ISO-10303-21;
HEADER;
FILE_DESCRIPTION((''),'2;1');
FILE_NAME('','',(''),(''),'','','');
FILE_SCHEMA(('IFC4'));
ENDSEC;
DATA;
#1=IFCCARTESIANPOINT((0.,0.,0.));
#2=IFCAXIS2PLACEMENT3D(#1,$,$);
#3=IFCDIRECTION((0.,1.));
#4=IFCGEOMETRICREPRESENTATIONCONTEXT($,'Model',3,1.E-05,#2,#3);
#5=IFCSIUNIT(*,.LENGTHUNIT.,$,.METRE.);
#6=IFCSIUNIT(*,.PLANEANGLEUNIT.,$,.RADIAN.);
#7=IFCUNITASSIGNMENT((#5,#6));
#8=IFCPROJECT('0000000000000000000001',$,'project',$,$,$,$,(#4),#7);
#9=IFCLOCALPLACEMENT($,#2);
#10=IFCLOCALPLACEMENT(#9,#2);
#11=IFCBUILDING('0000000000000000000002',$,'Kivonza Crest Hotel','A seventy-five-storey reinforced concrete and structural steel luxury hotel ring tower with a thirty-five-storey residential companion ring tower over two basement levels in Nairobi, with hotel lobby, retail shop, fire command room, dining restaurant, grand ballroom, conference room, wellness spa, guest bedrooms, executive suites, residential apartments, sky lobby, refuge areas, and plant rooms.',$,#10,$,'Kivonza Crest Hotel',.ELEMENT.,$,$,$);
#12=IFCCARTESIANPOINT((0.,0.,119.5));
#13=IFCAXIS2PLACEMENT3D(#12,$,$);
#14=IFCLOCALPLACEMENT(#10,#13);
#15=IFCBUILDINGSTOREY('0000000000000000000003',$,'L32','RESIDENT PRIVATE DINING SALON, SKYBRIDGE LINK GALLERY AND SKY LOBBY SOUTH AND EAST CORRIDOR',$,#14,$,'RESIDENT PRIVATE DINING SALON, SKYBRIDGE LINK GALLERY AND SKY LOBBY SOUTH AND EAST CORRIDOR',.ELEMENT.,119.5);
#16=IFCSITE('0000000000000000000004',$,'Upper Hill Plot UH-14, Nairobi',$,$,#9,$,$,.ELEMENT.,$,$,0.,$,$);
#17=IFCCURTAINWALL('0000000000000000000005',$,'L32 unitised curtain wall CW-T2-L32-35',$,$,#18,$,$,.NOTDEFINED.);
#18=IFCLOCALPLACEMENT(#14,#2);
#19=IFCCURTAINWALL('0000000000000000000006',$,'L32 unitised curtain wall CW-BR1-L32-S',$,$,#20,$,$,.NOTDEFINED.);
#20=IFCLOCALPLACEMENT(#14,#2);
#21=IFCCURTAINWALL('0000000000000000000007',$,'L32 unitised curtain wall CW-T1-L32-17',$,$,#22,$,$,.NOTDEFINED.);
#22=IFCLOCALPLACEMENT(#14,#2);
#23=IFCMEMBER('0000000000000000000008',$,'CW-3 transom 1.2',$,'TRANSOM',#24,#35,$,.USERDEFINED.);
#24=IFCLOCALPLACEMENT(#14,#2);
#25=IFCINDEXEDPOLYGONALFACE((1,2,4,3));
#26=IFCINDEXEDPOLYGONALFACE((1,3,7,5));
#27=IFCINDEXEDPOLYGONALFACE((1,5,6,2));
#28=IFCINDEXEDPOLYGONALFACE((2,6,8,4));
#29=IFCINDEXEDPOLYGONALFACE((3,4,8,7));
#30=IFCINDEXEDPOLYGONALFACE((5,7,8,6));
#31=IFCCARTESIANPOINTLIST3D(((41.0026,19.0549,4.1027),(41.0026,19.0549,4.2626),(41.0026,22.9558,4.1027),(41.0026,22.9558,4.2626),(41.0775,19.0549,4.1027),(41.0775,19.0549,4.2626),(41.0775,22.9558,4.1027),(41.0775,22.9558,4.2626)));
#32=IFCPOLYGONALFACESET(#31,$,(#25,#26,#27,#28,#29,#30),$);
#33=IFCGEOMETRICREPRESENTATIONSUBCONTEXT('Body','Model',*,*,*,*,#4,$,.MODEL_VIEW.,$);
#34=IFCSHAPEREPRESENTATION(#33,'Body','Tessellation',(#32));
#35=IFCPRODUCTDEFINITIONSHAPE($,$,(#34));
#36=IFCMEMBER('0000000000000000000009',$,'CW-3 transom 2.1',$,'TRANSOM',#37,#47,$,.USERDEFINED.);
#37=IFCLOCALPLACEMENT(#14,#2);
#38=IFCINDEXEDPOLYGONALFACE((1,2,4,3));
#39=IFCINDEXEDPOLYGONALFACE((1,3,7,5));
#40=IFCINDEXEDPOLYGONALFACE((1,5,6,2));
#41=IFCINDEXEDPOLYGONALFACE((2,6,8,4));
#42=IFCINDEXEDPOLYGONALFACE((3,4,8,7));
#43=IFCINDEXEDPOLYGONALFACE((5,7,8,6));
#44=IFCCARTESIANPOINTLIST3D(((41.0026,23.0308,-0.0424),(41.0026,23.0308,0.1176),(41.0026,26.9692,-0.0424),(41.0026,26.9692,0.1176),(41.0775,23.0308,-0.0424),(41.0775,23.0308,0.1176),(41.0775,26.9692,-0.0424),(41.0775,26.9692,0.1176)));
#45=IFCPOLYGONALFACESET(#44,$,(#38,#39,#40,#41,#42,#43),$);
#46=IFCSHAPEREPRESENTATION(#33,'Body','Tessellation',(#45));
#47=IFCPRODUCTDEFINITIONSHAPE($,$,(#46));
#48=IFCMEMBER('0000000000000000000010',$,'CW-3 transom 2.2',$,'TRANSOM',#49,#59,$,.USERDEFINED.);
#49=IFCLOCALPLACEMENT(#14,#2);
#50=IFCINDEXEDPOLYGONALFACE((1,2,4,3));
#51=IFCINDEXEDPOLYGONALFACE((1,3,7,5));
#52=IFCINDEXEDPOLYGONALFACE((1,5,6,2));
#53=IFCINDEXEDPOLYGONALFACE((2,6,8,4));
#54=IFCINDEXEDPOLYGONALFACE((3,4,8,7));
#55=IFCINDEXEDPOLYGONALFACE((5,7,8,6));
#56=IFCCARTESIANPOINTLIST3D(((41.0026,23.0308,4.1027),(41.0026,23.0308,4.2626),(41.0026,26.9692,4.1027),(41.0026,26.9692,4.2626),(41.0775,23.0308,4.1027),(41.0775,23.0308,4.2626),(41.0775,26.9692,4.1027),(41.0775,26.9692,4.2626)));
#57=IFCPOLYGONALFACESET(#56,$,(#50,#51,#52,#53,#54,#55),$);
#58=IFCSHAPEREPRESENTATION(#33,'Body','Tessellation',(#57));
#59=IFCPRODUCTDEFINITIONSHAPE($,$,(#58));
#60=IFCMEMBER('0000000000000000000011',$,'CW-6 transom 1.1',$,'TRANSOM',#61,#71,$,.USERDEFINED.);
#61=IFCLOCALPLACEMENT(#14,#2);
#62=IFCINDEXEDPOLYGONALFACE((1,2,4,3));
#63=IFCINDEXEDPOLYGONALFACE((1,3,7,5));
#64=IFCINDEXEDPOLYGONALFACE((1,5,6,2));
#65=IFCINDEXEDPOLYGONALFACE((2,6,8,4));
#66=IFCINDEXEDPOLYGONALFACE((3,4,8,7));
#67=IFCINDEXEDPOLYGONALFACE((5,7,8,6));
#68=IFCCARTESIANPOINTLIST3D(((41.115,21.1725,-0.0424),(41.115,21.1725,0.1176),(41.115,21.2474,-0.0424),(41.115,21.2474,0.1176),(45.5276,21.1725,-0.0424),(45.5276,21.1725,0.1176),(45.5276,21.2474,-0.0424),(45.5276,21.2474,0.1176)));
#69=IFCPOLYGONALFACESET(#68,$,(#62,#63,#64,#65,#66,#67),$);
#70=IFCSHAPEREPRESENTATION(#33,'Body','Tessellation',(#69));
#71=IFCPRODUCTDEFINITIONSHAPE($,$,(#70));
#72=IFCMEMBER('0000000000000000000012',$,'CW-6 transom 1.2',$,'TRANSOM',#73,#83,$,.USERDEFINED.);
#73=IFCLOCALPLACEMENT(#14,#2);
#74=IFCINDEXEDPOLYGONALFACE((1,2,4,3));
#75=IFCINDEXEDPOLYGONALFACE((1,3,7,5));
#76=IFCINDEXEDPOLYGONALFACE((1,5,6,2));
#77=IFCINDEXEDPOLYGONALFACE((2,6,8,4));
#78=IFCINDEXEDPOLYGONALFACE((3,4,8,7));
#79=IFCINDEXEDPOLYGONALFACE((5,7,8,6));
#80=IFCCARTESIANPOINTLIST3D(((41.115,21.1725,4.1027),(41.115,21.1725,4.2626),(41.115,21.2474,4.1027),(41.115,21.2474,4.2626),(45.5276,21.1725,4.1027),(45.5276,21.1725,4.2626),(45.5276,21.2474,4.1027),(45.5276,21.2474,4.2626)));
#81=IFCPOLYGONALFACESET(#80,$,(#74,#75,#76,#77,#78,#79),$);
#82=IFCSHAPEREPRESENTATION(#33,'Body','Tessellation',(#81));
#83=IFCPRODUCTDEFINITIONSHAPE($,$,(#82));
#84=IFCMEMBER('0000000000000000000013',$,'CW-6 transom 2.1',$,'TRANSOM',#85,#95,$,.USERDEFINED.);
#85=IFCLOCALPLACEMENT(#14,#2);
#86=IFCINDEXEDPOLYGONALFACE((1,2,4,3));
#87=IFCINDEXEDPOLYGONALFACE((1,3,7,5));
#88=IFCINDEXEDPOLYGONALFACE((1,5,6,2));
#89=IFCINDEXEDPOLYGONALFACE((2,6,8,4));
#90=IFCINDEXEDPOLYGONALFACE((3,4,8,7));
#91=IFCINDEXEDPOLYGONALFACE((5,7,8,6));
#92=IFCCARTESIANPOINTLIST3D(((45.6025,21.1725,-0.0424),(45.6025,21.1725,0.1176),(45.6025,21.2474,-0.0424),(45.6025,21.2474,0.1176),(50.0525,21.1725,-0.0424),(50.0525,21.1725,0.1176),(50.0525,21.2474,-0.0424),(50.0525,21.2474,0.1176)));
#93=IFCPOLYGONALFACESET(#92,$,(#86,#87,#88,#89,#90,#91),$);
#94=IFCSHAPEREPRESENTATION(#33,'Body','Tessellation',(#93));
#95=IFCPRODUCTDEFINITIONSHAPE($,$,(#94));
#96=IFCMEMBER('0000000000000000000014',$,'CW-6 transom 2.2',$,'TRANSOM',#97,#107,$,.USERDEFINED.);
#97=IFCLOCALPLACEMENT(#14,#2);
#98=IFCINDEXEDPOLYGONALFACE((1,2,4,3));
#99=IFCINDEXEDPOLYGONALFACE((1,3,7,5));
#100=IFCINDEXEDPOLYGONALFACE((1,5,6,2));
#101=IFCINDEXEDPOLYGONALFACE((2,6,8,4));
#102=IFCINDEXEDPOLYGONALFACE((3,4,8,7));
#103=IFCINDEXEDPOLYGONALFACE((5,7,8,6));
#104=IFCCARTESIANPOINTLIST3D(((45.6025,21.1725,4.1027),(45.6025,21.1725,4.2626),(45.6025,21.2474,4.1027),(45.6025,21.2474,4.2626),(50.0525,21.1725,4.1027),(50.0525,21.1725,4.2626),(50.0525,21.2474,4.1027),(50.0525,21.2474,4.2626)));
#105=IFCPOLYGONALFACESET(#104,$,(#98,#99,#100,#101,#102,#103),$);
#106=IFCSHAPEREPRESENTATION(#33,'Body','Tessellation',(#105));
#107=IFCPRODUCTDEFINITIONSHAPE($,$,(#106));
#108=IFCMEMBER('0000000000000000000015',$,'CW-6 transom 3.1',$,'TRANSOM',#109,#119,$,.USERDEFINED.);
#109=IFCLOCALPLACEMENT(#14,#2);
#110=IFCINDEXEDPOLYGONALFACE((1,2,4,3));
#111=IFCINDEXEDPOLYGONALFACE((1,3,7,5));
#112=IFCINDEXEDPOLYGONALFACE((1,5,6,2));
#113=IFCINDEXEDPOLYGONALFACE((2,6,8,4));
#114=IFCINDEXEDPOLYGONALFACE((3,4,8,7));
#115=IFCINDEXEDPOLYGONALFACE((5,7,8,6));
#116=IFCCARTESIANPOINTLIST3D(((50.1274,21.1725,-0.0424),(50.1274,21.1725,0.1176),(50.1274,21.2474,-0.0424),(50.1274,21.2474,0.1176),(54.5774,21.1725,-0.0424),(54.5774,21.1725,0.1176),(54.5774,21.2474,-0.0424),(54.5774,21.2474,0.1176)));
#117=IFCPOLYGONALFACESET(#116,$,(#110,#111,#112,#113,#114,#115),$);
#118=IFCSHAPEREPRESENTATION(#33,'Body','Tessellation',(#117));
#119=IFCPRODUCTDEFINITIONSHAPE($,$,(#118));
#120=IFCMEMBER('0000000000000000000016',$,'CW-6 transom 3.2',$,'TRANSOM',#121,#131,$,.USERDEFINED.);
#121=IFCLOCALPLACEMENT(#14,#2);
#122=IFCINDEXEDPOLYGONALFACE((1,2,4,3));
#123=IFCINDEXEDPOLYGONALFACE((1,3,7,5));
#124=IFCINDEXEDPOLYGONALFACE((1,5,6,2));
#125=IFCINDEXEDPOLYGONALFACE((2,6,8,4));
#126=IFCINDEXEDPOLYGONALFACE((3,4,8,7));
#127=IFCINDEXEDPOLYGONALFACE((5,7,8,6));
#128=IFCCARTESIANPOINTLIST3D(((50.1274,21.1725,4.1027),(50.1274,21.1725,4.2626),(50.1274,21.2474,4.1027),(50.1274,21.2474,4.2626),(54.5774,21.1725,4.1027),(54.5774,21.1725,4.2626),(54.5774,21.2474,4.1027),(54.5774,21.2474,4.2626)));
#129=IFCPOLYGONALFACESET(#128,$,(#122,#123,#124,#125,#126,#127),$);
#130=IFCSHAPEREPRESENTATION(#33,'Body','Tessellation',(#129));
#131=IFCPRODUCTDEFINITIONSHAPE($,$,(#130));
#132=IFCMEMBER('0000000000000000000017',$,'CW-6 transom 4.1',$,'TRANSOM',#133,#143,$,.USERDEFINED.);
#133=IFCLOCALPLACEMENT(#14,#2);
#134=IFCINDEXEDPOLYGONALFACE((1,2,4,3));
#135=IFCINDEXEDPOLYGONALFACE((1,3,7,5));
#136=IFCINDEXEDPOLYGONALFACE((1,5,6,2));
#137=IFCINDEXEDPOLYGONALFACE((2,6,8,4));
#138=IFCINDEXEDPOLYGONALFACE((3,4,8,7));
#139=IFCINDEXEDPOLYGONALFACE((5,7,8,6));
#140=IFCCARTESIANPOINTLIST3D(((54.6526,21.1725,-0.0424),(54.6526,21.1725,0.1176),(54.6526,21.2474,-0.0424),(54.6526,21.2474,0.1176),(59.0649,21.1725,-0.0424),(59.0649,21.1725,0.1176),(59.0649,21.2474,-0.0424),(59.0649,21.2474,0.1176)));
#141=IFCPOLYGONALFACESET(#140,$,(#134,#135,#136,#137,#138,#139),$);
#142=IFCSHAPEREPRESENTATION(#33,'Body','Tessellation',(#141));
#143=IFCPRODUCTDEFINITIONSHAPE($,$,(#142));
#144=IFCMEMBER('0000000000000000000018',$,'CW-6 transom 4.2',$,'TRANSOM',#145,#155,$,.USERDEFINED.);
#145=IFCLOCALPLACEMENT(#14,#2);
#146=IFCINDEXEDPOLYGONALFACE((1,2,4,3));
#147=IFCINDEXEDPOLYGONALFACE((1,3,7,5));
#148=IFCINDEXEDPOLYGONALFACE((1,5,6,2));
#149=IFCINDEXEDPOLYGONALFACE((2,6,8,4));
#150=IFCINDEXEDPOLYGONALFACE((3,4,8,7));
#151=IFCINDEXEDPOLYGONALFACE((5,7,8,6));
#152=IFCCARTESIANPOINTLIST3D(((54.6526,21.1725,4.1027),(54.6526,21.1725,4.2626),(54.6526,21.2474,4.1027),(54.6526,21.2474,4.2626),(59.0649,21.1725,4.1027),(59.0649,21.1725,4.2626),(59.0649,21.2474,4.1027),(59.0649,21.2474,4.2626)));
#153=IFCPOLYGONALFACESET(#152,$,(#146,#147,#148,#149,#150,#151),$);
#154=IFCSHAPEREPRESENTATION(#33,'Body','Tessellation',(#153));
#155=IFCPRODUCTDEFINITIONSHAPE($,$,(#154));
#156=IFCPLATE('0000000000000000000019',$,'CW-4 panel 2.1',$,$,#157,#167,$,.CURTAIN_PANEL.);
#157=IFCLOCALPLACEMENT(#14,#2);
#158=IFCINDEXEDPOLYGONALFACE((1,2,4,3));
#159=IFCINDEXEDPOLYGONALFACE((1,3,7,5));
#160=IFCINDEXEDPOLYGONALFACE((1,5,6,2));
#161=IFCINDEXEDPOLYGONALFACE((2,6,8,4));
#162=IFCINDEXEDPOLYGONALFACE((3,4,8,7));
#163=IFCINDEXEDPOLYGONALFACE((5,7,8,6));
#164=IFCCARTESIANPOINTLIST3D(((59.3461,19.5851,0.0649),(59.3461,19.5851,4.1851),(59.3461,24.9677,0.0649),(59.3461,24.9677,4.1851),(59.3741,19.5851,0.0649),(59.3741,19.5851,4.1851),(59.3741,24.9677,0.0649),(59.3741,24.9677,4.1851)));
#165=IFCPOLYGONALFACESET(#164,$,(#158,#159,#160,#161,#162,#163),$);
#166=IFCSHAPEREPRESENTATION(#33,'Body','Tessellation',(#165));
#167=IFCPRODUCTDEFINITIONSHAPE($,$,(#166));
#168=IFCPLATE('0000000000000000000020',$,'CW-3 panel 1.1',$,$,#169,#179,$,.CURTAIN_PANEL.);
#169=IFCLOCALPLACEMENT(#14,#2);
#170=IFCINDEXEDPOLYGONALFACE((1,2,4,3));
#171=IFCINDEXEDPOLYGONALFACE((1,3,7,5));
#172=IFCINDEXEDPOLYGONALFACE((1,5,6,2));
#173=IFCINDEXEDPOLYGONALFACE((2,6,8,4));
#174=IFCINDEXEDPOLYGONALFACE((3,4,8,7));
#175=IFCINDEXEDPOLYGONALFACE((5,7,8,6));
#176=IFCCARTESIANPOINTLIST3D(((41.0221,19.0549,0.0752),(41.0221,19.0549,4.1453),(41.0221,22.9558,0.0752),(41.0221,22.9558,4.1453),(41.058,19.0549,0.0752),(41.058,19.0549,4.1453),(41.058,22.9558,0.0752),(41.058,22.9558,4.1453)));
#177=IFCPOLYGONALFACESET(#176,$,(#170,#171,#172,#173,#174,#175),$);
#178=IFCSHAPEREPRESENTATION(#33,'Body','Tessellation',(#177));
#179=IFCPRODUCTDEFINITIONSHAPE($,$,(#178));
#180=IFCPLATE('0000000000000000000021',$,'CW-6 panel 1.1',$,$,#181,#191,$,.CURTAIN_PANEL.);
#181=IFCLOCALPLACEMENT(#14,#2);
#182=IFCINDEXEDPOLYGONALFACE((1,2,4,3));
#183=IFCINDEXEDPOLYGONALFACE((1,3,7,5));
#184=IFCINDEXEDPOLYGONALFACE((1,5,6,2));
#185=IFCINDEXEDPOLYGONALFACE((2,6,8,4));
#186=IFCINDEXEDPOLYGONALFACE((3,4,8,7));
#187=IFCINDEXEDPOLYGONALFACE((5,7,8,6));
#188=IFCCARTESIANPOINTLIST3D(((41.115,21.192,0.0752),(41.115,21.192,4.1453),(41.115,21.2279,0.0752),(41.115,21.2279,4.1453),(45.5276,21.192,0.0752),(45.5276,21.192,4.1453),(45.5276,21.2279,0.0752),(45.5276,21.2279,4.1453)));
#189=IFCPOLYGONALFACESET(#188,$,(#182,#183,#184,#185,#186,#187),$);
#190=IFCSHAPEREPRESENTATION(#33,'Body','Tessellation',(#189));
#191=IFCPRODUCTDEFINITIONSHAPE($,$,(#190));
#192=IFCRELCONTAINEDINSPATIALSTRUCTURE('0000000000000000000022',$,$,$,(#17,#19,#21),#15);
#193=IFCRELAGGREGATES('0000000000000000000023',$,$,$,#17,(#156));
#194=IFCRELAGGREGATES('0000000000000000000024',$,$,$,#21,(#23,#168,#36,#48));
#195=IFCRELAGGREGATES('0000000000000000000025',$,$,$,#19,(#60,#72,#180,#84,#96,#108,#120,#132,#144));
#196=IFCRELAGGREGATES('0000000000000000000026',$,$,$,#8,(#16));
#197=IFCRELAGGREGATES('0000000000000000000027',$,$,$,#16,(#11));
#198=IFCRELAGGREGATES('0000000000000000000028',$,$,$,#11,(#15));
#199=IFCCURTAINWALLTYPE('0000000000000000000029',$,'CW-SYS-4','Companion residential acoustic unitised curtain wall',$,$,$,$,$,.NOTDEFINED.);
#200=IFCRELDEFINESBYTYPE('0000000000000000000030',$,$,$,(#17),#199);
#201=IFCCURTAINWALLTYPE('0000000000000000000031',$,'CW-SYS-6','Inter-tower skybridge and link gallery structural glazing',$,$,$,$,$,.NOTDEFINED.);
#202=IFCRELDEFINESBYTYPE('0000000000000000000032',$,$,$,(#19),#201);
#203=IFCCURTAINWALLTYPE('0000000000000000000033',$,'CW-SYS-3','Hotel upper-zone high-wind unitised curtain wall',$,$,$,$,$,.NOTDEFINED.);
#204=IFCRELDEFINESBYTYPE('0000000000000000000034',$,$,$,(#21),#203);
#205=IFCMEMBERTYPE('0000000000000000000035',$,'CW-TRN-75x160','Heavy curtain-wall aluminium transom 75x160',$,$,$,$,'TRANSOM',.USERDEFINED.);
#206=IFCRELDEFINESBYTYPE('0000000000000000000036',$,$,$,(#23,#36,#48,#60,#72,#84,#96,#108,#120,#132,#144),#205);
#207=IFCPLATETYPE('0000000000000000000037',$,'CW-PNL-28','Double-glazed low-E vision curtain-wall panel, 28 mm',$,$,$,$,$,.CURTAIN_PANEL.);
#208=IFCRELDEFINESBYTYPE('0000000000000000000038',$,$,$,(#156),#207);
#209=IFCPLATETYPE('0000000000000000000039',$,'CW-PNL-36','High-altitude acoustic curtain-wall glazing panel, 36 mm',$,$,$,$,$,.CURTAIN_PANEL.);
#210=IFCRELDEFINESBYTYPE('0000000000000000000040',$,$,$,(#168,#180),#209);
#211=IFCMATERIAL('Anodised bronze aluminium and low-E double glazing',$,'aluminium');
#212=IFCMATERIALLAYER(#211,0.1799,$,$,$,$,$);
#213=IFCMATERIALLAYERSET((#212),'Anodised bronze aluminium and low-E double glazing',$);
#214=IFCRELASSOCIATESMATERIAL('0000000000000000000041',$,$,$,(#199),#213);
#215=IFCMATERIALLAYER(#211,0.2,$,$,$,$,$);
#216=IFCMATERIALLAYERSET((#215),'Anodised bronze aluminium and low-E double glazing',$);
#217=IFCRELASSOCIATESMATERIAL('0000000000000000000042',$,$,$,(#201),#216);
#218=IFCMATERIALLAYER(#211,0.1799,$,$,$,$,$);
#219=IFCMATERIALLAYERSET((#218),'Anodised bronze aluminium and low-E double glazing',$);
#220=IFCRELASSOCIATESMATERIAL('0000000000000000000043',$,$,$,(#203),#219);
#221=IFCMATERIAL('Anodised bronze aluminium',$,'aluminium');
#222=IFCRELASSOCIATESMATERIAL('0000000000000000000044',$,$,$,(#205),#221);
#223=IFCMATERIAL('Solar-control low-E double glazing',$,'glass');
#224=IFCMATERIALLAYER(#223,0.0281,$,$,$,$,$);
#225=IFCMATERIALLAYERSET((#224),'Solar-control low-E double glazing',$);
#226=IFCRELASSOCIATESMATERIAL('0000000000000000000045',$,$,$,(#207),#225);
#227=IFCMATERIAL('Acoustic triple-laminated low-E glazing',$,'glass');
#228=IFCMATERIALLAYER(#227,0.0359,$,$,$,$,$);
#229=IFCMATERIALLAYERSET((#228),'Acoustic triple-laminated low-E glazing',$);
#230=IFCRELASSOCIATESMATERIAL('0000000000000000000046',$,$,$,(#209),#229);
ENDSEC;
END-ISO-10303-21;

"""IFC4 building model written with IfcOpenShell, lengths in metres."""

from ifc_helpers import new_model, si_unit, direction, frame, origin, origin_2d, place, context, subcontext, project, spatial, rectangle, extrude, material, layer, layer_set, material_profile, profile_set, type_object, element, aggregate, save


model = new_model("IFC4")

# Units and contexts
model_context = context("Model", 3, precision=1e-05, world=origin(), true_north=direction((0.0, 1.0)))
body_context = subcontext(model_context, "Body", "Model", "MODEL_VIEW")
ifc_project = project(units=[si_unit("LENGTHUNIT", "METRE"), si_unit("PLANEANGLEUNIT", "RADIAN")], contexts=[model_context])

# Site, building, storey
site_placement = place(None, origin())
site = spatial("IfcSite", under=ifc_project, at=site_placement, Name="Upper Hill Plot UH-14, Nairobi", CompositionType="ELEMENT", RefElevation=0.0)
building_placement = place(site_placement, origin())
building = spatial("IfcBuilding", under=site, at=building_placement, Name="Kivonza Crest Hotel", Description="A seventy-five-storey reinforced concrete and structural steel luxury hotel ring tower with a thirty-five-storey residential companion ring tower over two basement levels in Nairobi, with hotel lobby, retail shop, fire command room, dining restaurant, grand ballroom, conference room, wellness spa, guest bedrooms, executive suites, residential apartments, sky lobby, refuge areas, and plant rooms.", LongName="Kivonza Crest Hotel", CompositionType="ELEMENT")
storey_placement = place(building_placement, frame((0.0, 0.0, 119.5)))
storey = spatial("IfcBuildingStorey", under=building, at=storey_placement, Name="L32", Description="RESIDENT PRIVATE DINING SALON, SKYBRIDGE LINK GALLERY AND SKY LOBBY SOUTH AND EAST CORRIDOR", LongName="RESIDENT PRIVATE DINING SALON, SKYBRIDGE LINK GALLERY AND SKY LOBBY SOUTH AND EAST CORRIDOR", CompositionType="ELEMENT", Elevation=119.5)

# Curtain wall
ifc_material_1 = material(Name="Anodised bronze aluminium and low-E double glazing", Category="aluminium")
ifc_layer_1 = layer(ifc_material_1, 0.1799)
ifc_layer_set_1 = layer_set([ifc_layer_1], Name="Anodised bronze aluminium and low-E double glazing")
curtain_wall_type_1 = type_object("IfcCurtainWallType", Name="CW-SYS-4", Description="Companion residential acoustic unitised curtain wall", PredefinedType="NOTDEFINED", material=ifc_layer_set_1)
curtain_wall_1_placement = place(storey_placement, origin())
curtain_wall_1 = element("IfcCurtainWall", 1, at=curtain_wall_1_placement, inside=storey, type_object=curtain_wall_type_1, Name="L32 unitised curtain wall CW-T2-L32-35", PredefinedType="NOTDEFINED")
ifc_material_2 = material(Name="Anodised bronze aluminium", Category="aluminium")

# Curtain walls, members
ifc_layer_2 = layer(ifc_material_1, 0.2)
ifc_layer_set_2 = layer_set([ifc_layer_2], Name="Anodised bronze aluminium and low-E double glazing")
curtain_wall_type_2 = type_object("IfcCurtainWallType", Name="CW-SYS-6", Description="Inter-tower skybridge and link gallery structural glazing", PredefinedType="NOTDEFINED", material=ifc_layer_set_2)
curtain_wall_2_placement = place(storey_placement, origin())
curtain_wall_2 = element("IfcCurtainWall", 2, at=curtain_wall_2_placement, inside=storey, type_object=curtain_wall_type_2, Name="L32 unitised curtain wall CW-BR1-L32-S", PredefinedType="NOTDEFINED")
ifc_layer_3 = layer(ifc_material_1, 0.1799)
ifc_layer_set_3 = layer_set([ifc_layer_3], Name="Anodised bronze aluminium and low-E double glazing")
curtain_wall_type_3 = type_object("IfcCurtainWallType", Name="CW-SYS-3", Description="Hotel upper-zone high-wind unitised curtain wall", PredefinedType="NOTDEFINED", material=ifc_layer_set_3)
curtain_wall_3_placement = place(storey_placement, origin())
curtain_wall_3 = element("IfcCurtainWall", 3, at=curtain_wall_3_placement, inside=storey, type_object=curtain_wall_type_3, Name="L32 unitised curtain wall CW-T1-L32-17", PredefinedType="NOTDEFINED")
ifc_material_profile_1 = material_profile(ifc_material_2, rectangle(XDim=0.075, YDim=0.1599, at=origin_2d()), Name="CW-T 75x160")
ifc_profile_set_1 = profile_set([ifc_material_profile_1], Name="Anodised bronze aluminium")
member_type_1 = type_object("IfcMemberType", Name="CW-TRN-75x160", Description="Heavy curtain-wall aluminium transom 75x160", ElementType="TRANSOM", PredefinedType="USERDEFINED", material=ifc_profile_set_1)
member_1_placement = place(storey_placement, frame((41.04, 19.0549, 4.1826), z_axis=(0.0, 1.0, 0.0), x_axis=(-1.0, 0.0, 0.0)))
member_1 = element("IfcMember", 4, at=member_1_placement, type_object=member_type_1, Name="CW-3 transom 1.2", ObjectType="TRANSOM", PredefinedType="USERDEFINED", context=body_context, shape_type="SweptSolid", body=[
    extrude(rectangle(XDim=0.075, YDim=0.1599, at=origin_2d()), origin(), (0.0, 0.0, 1.0), 3.9009),
])
member_2_placement = place(storey_placement, frame((41.04, 23.0308, 0.0376), z_axis=(0.0, 1.0, 0.0), x_axis=(-1.0, 0.0, 0.0)))
member_2 = element("IfcMember", 5, at=member_2_placement, type_object=member_type_1, Name="CW-3 transom 2.1", ObjectType="TRANSOM", PredefinedType="USERDEFINED", context=body_context, shape_type="SweptSolid", body=[
    extrude(rectangle(XDim=0.075, YDim=0.1599, at=origin_2d()), origin(), (0.0, 0.0, 1.0), 3.9385),
])
member_3_placement = place(storey_placement, frame((41.04, 23.0308, 4.1826), z_axis=(0.0, 1.0, 0.0), x_axis=(-1.0, 0.0, 0.0)))
member_3 = element("IfcMember", 6, at=member_3_placement, type_object=member_type_1, Name="CW-3 transom 2.2", ObjectType="TRANSOM", PredefinedType="USERDEFINED", context=body_context, shape_type="SweptSolid", body=[
    extrude(rectangle(XDim=0.075, YDim=0.1599, at=origin_2d()), origin(), (0.0, 0.0, 1.0), 3.9385),
])

# Members
member_4_placement = place(storey_placement, frame((41.115, 21.21, 0.0376), z_axis=(1.0, 0.0, 0.0), x_axis=(0.0, 1.0, 0.0)))
member_4 = element("IfcMember", 7, at=member_4_placement, type_object=member_type_1, Name="CW-6 transom 1.1", ObjectType="TRANSOM", PredefinedType="USERDEFINED", context=body_context, shape_type="SweptSolid", body=[
    extrude(rectangle(XDim=0.075, YDim=0.1599, at=origin_2d()), origin(), (0.0, 0.0, 1.0), 4.4126),
])
member_5_placement = place(storey_placement, frame((41.115, 21.21, 4.1826), z_axis=(1.0, 0.0, 0.0), x_axis=(0.0, 1.0, 0.0)))
member_5 = element("IfcMember", 8, at=member_5_placement, type_object=member_type_1, Name="CW-6 transom 1.2", ObjectType="TRANSOM", PredefinedType="USERDEFINED", context=body_context, shape_type="SweptSolid", body=[
    extrude(rectangle(XDim=0.075, YDim=0.1599, at=origin_2d()), origin(), (0.0, 0.0, 1.0), 4.4126),
])
member_6_placement = place(storey_placement, frame((45.6025, 21.21, 0.0376), z_axis=(1.0, 0.0, 0.0), x_axis=(0.0, 1.0, 0.0)))
member_6 = element("IfcMember", 9, at=member_6_placement, type_object=member_type_1, Name="CW-6 transom 2.1", ObjectType="TRANSOM", PredefinedType="USERDEFINED", context=body_context, shape_type="SweptSolid", body=[
    extrude(rectangle(XDim=0.075, YDim=0.1599, at=origin_2d()), origin(), (0.0, 0.0, 1.0), 4.45),
])
member_7_placement = place(storey_placement, frame((45.6025, 21.21, 4.1826), z_axis=(1.0, 0.0, 0.0), x_axis=(0.0, 1.0, 0.0)))
member_7 = element("IfcMember", 10, at=member_7_placement, type_object=member_type_1, Name="CW-6 transom 2.2", ObjectType="TRANSOM", PredefinedType="USERDEFINED", context=body_context, shape_type="SweptSolid", body=[
    extrude(rectangle(XDim=0.075, YDim=0.1599, at=origin_2d()), origin(), (0.0, 0.0, 1.0), 4.45),
])
member_8_placement = place(storey_placement, frame((50.1274, 21.21, 0.0376), z_axis=(1.0, 0.0, 0.0), x_axis=(0.0, 1.0, 0.0)))
member_8 = element("IfcMember", 11, at=member_8_placement, type_object=member_type_1, Name="CW-6 transom 3.1", ObjectType="TRANSOM", PredefinedType="USERDEFINED", context=body_context, shape_type="SweptSolid", body=[
    extrude(rectangle(XDim=0.075, YDim=0.1599, at=origin_2d()), origin(), (0.0, 0.0, 1.0), 4.45),
])
member_9_placement = place(storey_placement, frame((50.1274, 21.21, 4.1826), z_axis=(1.0, 0.0, 0.0), x_axis=(0.0, 1.0, 0.0)))
member_9 = element("IfcMember", 12, at=member_9_placement, type_object=member_type_1, Name="CW-6 transom 3.2", ObjectType="TRANSOM", PredefinedType="USERDEFINED", context=body_context, shape_type="SweptSolid", body=[
    extrude(rectangle(XDim=0.075, YDim=0.1599, at=origin_2d()), origin(), (0.0, 0.0, 1.0), 4.45),
])
member_10_placement = place(storey_placement, frame((54.6526, 21.21, 0.0376), z_axis=(1.0, 0.0, 0.0), x_axis=(0.0, 1.0, 0.0)))
member_10 = element("IfcMember", 13, at=member_10_placement, type_object=member_type_1, Name="CW-6 transom 4.1", ObjectType="TRANSOM", PredefinedType="USERDEFINED", context=body_context, shape_type="SweptSolid", body=[
    extrude(rectangle(XDim=0.075, YDim=0.1599, at=origin_2d()), origin(), (0.0, 0.0, 1.0), 4.4124),
])
member_11_placement = place(storey_placement, frame((54.6526, 21.21, 4.1826), z_axis=(1.0, 0.0, 0.0), x_axis=(0.0, 1.0, 0.0)))
member_11 = element("IfcMember", 14, at=member_11_placement, type_object=member_type_1, Name="CW-6 transom 4.2", ObjectType="TRANSOM", PredefinedType="USERDEFINED", context=body_context, shape_type="SweptSolid", body=[
    extrude(rectangle(XDim=0.075, YDim=0.1599, at=origin_2d()), origin(), (0.0, 0.0, 1.0), 4.4124),
])

# Plates
ifc_material_3 = material(Name="Solar-control low-E double glazing", Category="glass")
ifc_layer_4 = layer(ifc_material_3, 0.0281)
ifc_layer_set_4 = layer_set([ifc_layer_4], Name="Solar-control low-E double glazing")
plate_type_1 = type_object("IfcPlateType", Name="CW-PNL-28", Description="Double-glazed low-E vision curtain-wall panel, 28 mm", PredefinedType="CURTAIN_PANEL", material=ifc_layer_set_4)
plate_1_placement = place(storey_placement, frame((59.3601, 22.2764, 0.0649), z_axis=(0.0, 0.0, 1.0), x_axis=(0.0, -1.0, 0.0)))
plate_1 = element("IfcPlate", 15, at=plate_1_placement, type_object=plate_type_1, Name="CW-4 panel 2.1", PredefinedType="CURTAIN_PANEL", context=body_context, shape_type="SweptSolid", body=[
    extrude(rectangle(XDim=5.3826, YDim=0.0281, at=origin_2d()), origin(), (0.0, 0.0, 1.0), 4.1201),
])
aggregate(curtain_wall_1, [plate_1])
ifc_material_4 = material(Name="Acoustic triple-laminated low-E glazing", Category="glass")
ifc_layer_5 = layer(ifc_material_4, 0.0359)
ifc_layer_set_5 = layer_set([ifc_layer_5], Name="Acoustic triple-laminated low-E glazing")
plate_type_2 = type_object("IfcPlateType", Name="CW-PNL-36", Description="High-altitude acoustic curtain-wall glazing panel, 36 mm", PredefinedType="CURTAIN_PANEL", material=ifc_layer_set_5)
plate_2_placement = place(storey_placement, frame((41.04, 21.0054, 0.0752), z_axis=(0.0, 0.0, 1.0), x_axis=(0.0, 1.0, 0.0)))
plate_2 = element("IfcPlate", 16, at=plate_2_placement, type_object=plate_type_2, Name="CW-3 panel 1.1", PredefinedType="CURTAIN_PANEL", context=body_context, shape_type="SweptSolid", body=[
    extrude(rectangle(XDim=3.9009, YDim=0.0359, at=origin_2d()), origin(), (0.0, 0.0, 1.0), 4.0701),
])
aggregate(curtain_wall_3, [member_1, plate_2, member_2, member_3])
plate_3_placement = place(storey_placement, frame((43.3213, 21.21, 0.0752), z_axis=(0.0, 0.0, 1.0), x_axis=(1.0, 0.0, 0.0)))
plate_3 = element("IfcPlate", 17, at=plate_3_placement, type_object=plate_type_2, Name="CW-6 panel 1.1", PredefinedType="CURTAIN_PANEL", context=body_context, shape_type="SweptSolid", body=[
    extrude(rectangle(XDim=4.4126, YDim=0.0359, at=origin_2d()), origin(), (0.0, 0.0, 1.0), 4.0701),
])
aggregate(curtain_wall_2, [member_4, member_5, plate_3, member_6, member_7, member_8, member_9, member_10, member_11])

save(model, "model.ifc")
